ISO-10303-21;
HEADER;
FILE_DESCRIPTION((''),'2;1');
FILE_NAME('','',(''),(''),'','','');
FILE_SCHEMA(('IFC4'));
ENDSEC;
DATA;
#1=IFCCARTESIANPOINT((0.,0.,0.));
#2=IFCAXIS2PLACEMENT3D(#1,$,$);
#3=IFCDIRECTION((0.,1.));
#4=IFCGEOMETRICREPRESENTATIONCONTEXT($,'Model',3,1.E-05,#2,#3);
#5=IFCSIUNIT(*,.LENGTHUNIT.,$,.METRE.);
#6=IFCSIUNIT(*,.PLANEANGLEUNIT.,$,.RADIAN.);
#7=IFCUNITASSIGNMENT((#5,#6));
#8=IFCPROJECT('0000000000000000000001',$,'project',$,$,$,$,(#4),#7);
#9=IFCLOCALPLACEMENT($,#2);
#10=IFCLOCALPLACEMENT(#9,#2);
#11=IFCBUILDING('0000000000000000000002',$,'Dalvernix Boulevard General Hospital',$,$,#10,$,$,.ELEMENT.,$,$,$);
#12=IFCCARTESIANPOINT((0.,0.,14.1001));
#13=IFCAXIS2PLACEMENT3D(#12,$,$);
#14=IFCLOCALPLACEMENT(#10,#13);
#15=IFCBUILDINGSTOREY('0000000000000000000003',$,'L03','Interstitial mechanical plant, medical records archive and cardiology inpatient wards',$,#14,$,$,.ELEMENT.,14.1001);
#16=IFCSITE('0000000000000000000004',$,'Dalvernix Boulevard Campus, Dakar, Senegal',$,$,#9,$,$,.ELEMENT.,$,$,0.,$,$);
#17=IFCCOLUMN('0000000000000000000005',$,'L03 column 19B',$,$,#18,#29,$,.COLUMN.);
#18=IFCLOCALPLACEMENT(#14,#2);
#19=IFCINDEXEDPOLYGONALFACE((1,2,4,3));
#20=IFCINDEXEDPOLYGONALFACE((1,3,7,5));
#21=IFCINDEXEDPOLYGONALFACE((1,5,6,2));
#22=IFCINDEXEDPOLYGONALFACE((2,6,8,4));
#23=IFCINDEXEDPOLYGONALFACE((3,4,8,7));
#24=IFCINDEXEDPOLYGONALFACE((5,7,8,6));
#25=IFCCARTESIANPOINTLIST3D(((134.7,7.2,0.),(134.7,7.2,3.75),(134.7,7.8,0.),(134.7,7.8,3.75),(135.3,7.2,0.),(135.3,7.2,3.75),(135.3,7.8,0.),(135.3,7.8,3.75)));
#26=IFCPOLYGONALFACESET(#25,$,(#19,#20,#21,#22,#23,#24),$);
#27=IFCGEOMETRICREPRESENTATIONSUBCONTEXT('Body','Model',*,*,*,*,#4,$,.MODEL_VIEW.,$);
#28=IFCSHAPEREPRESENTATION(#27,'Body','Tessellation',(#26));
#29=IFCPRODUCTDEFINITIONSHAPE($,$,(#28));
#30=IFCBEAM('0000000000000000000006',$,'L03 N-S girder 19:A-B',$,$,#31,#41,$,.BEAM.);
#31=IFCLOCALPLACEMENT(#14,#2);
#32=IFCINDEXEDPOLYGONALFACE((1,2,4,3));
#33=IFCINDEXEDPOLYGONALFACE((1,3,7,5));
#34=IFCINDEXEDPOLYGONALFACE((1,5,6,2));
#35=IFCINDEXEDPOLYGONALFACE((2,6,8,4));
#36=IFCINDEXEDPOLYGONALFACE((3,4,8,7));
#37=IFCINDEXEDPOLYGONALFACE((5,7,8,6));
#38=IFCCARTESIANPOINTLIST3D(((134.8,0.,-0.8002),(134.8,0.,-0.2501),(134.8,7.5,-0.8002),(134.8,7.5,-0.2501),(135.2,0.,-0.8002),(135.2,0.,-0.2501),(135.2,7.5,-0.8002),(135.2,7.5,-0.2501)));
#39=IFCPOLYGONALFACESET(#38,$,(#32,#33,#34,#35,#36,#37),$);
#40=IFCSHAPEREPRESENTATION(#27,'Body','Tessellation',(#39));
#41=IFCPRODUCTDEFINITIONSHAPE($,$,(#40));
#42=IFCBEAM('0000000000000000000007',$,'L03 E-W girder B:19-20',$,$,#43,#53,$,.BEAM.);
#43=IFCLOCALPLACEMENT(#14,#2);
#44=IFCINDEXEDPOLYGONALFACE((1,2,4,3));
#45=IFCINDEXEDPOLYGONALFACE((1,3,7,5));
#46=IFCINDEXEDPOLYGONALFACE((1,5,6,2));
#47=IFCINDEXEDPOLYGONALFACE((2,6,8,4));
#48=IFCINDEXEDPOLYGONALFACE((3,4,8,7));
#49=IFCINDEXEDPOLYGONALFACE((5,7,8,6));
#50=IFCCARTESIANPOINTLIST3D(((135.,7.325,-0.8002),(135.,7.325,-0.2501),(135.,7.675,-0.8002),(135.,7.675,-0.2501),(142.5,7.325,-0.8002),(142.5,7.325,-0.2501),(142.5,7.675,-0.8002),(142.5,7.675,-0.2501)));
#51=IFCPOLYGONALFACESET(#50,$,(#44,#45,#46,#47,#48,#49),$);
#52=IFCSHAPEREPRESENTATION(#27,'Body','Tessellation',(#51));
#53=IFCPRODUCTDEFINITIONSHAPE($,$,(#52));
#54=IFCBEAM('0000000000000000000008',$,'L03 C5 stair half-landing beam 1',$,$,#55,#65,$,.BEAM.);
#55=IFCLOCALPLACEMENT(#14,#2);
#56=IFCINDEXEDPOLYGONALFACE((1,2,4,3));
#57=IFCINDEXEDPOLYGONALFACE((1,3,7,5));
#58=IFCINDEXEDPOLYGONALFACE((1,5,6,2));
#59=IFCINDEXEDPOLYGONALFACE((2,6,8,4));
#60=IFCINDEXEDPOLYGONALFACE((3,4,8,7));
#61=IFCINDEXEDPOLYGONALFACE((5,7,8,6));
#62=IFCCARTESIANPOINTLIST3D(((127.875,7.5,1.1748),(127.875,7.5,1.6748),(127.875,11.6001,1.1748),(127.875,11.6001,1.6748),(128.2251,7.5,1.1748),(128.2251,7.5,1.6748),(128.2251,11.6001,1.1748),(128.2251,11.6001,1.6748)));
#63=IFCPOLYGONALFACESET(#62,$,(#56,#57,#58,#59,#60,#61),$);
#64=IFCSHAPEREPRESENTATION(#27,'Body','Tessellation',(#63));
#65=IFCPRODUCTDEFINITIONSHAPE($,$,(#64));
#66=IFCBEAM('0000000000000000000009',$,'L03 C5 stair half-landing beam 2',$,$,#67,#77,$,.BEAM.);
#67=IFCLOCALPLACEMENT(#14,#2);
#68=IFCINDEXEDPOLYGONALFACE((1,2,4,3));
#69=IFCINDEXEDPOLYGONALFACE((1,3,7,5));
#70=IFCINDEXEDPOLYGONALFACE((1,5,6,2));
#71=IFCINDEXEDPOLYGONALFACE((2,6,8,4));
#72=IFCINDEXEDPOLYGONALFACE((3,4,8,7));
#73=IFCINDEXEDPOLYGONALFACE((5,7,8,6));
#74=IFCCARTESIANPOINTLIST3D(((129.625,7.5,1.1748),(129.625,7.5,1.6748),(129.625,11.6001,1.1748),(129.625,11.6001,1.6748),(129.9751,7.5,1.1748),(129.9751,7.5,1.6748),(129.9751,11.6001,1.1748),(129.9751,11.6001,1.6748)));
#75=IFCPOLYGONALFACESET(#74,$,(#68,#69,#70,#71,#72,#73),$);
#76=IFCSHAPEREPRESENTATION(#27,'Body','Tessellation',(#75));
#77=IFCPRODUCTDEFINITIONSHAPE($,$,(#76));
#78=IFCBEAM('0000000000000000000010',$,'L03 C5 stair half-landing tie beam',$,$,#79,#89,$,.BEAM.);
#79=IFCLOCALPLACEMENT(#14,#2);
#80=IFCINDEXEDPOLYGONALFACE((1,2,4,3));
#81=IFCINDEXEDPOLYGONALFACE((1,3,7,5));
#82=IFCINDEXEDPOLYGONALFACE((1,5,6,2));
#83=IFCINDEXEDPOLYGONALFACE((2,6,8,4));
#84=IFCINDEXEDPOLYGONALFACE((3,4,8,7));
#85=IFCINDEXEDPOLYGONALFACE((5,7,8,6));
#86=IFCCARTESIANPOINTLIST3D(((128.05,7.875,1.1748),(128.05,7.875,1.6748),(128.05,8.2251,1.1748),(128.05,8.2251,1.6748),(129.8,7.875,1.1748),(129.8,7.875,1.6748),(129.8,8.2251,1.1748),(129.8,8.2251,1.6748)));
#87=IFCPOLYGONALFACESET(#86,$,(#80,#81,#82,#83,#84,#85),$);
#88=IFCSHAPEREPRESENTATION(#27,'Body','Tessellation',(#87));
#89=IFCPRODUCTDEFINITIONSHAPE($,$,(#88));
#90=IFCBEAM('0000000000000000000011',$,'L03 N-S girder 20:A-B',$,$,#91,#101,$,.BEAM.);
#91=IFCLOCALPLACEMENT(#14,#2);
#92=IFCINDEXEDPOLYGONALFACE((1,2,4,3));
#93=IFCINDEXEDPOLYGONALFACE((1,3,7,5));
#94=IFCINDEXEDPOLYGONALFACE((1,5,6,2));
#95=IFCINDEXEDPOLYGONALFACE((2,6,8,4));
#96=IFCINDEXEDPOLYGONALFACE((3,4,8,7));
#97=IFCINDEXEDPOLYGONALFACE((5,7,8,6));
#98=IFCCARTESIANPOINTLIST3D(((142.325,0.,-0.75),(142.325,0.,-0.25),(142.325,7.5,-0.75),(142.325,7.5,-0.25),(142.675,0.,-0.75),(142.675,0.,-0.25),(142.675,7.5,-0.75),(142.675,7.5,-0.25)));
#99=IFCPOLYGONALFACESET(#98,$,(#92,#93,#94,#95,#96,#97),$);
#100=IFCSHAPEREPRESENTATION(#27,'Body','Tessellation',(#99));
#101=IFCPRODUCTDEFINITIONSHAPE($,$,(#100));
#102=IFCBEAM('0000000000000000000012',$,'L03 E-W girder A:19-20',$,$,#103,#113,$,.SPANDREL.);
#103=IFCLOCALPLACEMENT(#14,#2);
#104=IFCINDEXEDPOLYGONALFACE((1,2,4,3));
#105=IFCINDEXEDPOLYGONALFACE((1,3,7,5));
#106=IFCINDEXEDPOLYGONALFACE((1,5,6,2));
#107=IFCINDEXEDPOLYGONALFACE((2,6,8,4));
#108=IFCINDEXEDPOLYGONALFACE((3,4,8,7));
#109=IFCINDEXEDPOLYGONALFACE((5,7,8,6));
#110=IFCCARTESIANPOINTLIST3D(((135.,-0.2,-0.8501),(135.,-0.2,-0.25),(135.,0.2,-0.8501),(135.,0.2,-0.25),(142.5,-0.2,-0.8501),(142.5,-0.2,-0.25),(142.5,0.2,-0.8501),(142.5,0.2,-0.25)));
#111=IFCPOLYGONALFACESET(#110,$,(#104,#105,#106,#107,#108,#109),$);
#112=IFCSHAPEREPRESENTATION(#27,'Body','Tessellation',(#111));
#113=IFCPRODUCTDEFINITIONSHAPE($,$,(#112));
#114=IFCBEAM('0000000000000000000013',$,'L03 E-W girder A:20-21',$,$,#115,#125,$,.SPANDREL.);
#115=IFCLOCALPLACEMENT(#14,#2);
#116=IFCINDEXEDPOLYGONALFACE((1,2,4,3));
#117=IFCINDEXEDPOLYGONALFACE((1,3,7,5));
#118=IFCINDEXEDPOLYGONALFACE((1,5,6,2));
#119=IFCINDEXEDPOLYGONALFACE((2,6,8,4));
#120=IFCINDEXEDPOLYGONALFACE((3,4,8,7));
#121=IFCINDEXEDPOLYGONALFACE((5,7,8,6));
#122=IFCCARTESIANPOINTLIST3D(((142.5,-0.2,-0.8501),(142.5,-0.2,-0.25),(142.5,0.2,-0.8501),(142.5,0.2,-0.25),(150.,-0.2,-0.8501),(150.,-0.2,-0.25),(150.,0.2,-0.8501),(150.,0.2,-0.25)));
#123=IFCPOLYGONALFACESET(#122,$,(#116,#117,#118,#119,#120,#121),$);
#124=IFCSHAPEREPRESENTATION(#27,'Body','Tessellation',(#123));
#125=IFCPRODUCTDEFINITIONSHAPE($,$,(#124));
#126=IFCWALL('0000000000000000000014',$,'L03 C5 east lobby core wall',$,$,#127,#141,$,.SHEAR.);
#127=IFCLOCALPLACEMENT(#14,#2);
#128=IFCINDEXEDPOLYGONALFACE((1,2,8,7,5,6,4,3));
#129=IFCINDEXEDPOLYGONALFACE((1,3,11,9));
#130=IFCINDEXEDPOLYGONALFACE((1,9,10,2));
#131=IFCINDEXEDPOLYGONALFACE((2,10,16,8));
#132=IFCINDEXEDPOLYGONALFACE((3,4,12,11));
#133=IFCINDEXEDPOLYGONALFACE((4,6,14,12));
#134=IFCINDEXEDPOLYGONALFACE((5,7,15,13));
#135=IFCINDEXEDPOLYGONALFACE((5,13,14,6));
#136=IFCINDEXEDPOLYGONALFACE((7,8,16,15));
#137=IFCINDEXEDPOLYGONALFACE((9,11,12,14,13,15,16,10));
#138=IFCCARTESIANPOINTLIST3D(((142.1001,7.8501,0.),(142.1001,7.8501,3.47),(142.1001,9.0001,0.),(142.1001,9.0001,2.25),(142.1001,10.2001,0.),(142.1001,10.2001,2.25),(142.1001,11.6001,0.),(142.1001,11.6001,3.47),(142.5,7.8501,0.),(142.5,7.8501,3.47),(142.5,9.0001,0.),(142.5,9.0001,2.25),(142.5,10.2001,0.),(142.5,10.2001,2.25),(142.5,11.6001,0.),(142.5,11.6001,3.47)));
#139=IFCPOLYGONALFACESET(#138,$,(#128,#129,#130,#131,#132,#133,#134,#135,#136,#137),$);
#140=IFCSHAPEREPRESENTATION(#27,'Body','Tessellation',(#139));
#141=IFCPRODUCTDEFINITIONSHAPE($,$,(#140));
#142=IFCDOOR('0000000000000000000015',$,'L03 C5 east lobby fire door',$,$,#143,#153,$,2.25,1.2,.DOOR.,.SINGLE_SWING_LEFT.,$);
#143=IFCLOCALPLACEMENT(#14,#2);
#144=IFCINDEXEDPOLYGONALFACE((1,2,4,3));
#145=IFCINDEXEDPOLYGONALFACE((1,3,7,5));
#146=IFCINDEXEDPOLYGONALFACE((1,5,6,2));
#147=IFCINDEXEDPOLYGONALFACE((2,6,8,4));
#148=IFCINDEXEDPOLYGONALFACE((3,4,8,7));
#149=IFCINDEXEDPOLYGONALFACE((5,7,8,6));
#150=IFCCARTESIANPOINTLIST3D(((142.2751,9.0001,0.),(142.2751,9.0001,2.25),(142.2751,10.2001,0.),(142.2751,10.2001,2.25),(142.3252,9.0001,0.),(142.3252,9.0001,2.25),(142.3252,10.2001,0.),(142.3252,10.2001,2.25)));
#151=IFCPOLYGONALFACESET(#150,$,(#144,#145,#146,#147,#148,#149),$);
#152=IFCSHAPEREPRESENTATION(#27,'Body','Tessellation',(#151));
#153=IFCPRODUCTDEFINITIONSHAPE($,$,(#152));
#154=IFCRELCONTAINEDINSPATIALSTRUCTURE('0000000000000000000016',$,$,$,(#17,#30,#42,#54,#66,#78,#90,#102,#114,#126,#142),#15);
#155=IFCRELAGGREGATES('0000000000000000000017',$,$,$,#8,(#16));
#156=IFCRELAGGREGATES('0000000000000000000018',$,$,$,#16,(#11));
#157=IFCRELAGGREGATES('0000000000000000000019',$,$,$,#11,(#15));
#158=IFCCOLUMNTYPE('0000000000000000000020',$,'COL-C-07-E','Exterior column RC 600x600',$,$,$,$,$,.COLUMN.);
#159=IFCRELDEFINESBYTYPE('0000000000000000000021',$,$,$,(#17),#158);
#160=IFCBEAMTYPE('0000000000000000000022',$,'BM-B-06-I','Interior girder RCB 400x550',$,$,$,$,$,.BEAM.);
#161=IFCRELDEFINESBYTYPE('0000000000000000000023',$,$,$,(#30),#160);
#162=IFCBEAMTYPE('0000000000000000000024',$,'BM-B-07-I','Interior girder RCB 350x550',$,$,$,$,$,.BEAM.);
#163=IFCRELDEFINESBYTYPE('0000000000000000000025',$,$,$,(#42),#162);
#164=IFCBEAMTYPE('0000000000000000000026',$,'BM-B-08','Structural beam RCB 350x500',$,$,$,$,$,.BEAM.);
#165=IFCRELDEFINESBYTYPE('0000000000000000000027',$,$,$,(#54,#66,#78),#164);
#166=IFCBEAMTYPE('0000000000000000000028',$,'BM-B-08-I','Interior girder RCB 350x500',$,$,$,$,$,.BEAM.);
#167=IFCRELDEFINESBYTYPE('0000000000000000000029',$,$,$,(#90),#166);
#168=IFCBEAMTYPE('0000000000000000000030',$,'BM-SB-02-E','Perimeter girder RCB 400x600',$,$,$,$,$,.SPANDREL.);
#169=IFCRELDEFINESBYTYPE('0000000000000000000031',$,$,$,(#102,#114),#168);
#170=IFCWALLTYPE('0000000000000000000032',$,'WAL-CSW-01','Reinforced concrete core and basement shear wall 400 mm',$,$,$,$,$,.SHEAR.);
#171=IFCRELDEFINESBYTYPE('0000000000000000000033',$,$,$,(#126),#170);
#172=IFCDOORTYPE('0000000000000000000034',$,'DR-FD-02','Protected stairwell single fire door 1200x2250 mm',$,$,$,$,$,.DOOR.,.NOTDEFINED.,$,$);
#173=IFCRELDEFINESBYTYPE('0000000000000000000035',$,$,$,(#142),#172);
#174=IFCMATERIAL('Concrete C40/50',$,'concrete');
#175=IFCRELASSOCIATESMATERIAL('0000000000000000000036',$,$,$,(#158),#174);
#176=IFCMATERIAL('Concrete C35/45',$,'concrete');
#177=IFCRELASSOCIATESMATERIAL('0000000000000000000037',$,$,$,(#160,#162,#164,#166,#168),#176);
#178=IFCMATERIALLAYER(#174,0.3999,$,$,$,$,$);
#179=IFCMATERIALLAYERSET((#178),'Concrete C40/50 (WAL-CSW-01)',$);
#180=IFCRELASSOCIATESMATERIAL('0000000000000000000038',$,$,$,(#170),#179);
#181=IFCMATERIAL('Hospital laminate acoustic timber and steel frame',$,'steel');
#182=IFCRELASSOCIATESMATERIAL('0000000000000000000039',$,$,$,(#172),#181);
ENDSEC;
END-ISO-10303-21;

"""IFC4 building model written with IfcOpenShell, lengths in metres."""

from ifc_helpers import new_model, si_unit, direction, frame, frame_2d, origin, origin_2d, place, context, subcontext, project, spatial, rectangle, extrude, material, layer, layer_set, material_profile, profile_set, type_object, element, fill, save


model = new_model("IFC4")

# Units and contexts
model_context = context("Model", 3, precision=1e-05, world=origin(), true_north=direction((0.0, 1.0)))
body_context = subcontext(model_context, "Body", "Model", "MODEL_VIEW")
ifc_project = project(units=[si_unit("LENGTHUNIT", "METRE"), si_unit("PLANEANGLEUNIT", "RADIAN")], contexts=[model_context])

# Site, building, storey
site_placement = place(None, origin())
site = spatial("IfcSite", under=ifc_project, at=site_placement, Name="Dalvernix Boulevard Campus, Dakar, Senegal", CompositionType="ELEMENT", RefElevation=0.0)
building_placement = place(site_placement, origin())
building = spatial("IfcBuilding", under=site, at=building_placement, Name="Dalvernix Boulevard General Hospital", CompositionType="ELEMENT")
storey_placement = place(building_placement, frame((0.0, 0.0, 14.1001)))
storey = spatial("IfcBuildingStorey", under=building, at=storey_placement, Name="L03", Description="Interstitial mechanical plant, medical records archive and cardiology inpatient wards", CompositionType="ELEMENT", Elevation=14.1001)

# Column
ifc_material_1 = material(Name="Concrete C40/50", Category="concrete")
ifc_material_profile_1 = material_profile(ifc_material_1, rectangle(XDim=0.6001, YDim=0.6001, at=origin_2d()), Name="RC 600x600")
ifc_profile_set_1 = profile_set([ifc_material_profile_1], Name="Concrete C40/50")
column_type = type_object("IfcColumnType", Name="COL-C-07-E", Description="Exterior column RC 600x600", PredefinedType="COLUMN", material=ifc_profile_set_1)
column_placement = place(storey_placement, frame((135.0, 7.5, 0.0), z_axis=(0.0, 0.0, 1.0), x_axis=(1.0, 0.0, 0.0)))
element("IfcColumn", 1, at=column_placement, inside=storey, type_object=column_type, Name="L03 column 19B", PredefinedType="COLUMN", context=body_context, shape_type="SweptSolid", body=[
    extrude(rectangle(XDim=0.6001, YDim=0.6001, at=origin_2d()), origin(), (0.0, 0.0, 1.0), 3.75),
])

# Beams
ifc_material_2 = material(Name="Concrete C35/45", Category="concrete")
ifc_material_profile_2 = material_profile(ifc_material_2, rectangle(XDim=0.3999, YDim=0.55, at=origin_2d()), Name="RCB 400x550")
ifc_profile_set_2 = profile_set([ifc_material_profile_2], Name="Concrete C35/45")
beam_type_1 = type_object("IfcBeamType", Name="BM-B-06-I", Description="Interior girder RCB 400x550", PredefinedType="BEAM", material=ifc_profile_set_2)
beam_1_placement = place(storey_placement, frame((135.0, 0.0, -0.5251), z_axis=(0.0, 1.0, 0.0), x_axis=(-1.0, 0.0, 0.0)))
element("IfcBeam", 2, at=beam_1_placement, inside=storey, type_object=beam_type_1, Name="L03 N-S girder 19:A-B", PredefinedType="BEAM", context=body_context, shape_type="SweptSolid", body=[
    extrude(rectangle(XDim=0.3999, YDim=0.55, at=origin_2d()), origin(), (0.0, 0.0, 1.0), 7.5),
])
ifc_material_profile_3 = material_profile(ifc_material_2, rectangle(XDim=0.3501, YDim=0.55, at=origin_2d()), Name="RCB 350x550")
ifc_profile_set_3 = profile_set([ifc_material_profile_3], Name="Concrete C35/45")
beam_type_2 = type_object("IfcBeamType", Name="BM-B-07-I", Description="Interior girder RCB 350x550", PredefinedType="BEAM", material=ifc_profile_set_3)
beam_2_placement = place(storey_placement, frame((135.0, 7.5, -0.5251), z_axis=(1.0, 0.0, 0.0), x_axis=(0.0, 1.0, 0.0)))
element("IfcBeam", 3, at=beam_2_placement, inside=storey, type_object=beam_type_2, Name="L03 E-W girder B:19-20", PredefinedType="BEAM", context=body_context, shape_type="SweptSolid", body=[
    extrude(rectangle(XDim=0.3501, YDim=0.55, at=origin_2d()), origin(), (0.0, 0.0, 1.0), 7.5),
])
ifc_material_profile_4 = material_profile(ifc_material_2, rectangle(XDim=0.3501, YDim=0.5, at=origin_2d()), Name="RCB 350x500")
ifc_profile_set_4 = profile_set([ifc_material_profile_4], Name="Concrete C35/45")
beam_type_3 = type_object("IfcBeamType", Name="BM-B-08", Description="Structural beam RCB 350x500", PredefinedType="BEAM", material=ifc_profile_set_4)
for number, where, z_axis, x_axis, name in (
    (4, (128.05, 7.5, 1.4248), (0.0, 1.0, 0.0), (-1.0, 0.0, 0.0), "L03 C5 stair half-landing beam 1"),
    (5, (129.8, 7.5, 1.4248), (0.0, 1.0, 0.0), (-1.0, 0.0, 0.0), "L03 C5 stair half-landing beam 2"),
):
    element("IfcBeam", number, at=place(storey_placement, frame(where, z_axis=z_axis, x_axis=x_axis)), inside=storey, type_object=beam_type_3, Name=name, PredefinedType="BEAM", context=body_context, shape_type="SweptSolid", body=[
        extrude(rectangle(XDim=0.3501, YDim=0.5, at=origin_2d()), origin(), (0.0, 0.0, 1.0), 4.1001),
    ])
beam_3_placement = place(storey_placement, frame((128.05, 8.05, 1.4248), z_axis=(1.0, 0.0, 0.0), x_axis=(0.0, 1.0, 0.0)))
element("IfcBeam", 6, at=beam_3_placement, inside=storey, type_object=beam_type_3, Name="L03 C5 stair half-landing tie beam", PredefinedType="BEAM", context=body_context, shape_type="SweptSolid", body=[
    extrude(rectangle(XDim=0.3501, YDim=0.5, at=origin_2d()), origin(), (0.0, 0.0, 1.0), 1.75),
])
ifc_material_profile_5 = material_profile(ifc_material_2, rectangle(XDim=0.3501, YDim=0.5, at=origin_2d()), Name="RCB 350x500")
ifc_profile_set_5 = profile_set([ifc_material_profile_5], Name="Concrete C35/45")
beam_type_4 = type_object("IfcBeamType", Name="BM-B-08-I", Description="Interior girder RCB 350x500", PredefinedType="BEAM", material=ifc_profile_set_5)
beam_4_placement = place(storey_placement, frame((142.5, 0.0, -0.5), z_axis=(0.0, 1.0, 0.0), x_axis=(-1.0, 0.0, 0.0)))
element("IfcBeam", 7, at=beam_4_placement, inside=storey, type_object=beam_type_4, Name="L03 N-S girder 20:A-B", PredefinedType="BEAM", context=body_context, shape_type="SweptSolid", body=[
    extrude(rectangle(XDim=0.3501, YDim=0.5, at=origin_2d()), origin(), (0.0, 0.0, 1.0), 7.5),
])
ifc_material_profile_6 = material_profile(ifc_material_2, rectangle(XDim=0.3999, YDim=0.6001, at=origin_2d()), Name="RCB 400x600")
ifc_profile_set_6 = profile_set([ifc_material_profile_6], Name="Concrete C35/45")
beam_type_5 = type_object("IfcBeamType", Name="BM-SB-02-E", Description="Perimeter girder RCB 400x600", PredefinedType="SPANDREL", material=ifc_profile_set_6)
for number, where, z_axis, x_axis, name in (
    (8, (135.0, 0.0, -0.55), (1.0, 0.0, 0.0), (0.0, 1.0, 0.0), "L03 E-W girder A:19-20"),
    (9, (142.5, 0.0, -0.55), (1.0, 0.0, 0.0), (0.0, 1.0, 0.0), "L03 E-W girder A:20-21"),
):
    element("IfcBeam", number, at=place(storey_placement, frame(where, z_axis=z_axis, x_axis=x_axis)), inside=storey, type_object=beam_type_5, Name=name, PredefinedType="SPANDREL", context=body_context, shape_type="SweptSolid", body=[
        extrude(rectangle(XDim=0.3999, YDim=0.6001, at=origin_2d()), origin(), (0.0, 0.0, 1.0), 7.5),
    ])

# Wall, opening, door
ifc_layer_1 = layer(ifc_material_1, 0.3999)
ifc_layer_set_1 = layer_set([ifc_layer_1], Name="Concrete C40/50 (WAL-CSW-01)")
wall_type_1 = type_object("IfcWallType", Name="WAL-CSW-01", Description="Reinforced concrete core and basement shear wall 400 mm", PredefinedType="SHEAR", material=ifc_layer_set_1)
wall_1_placement = place(storey_placement, frame((142.3, 7.8501, 0.0), z_axis=(0.0, 0.0, 1.0), x_axis=(0.0, 1.0, 0.0)))
wall_1 = element("IfcWall", 10, at=wall_1_placement, inside=storey, type_object=wall_type_1, Name="L03 C5 east lobby core wall", PredefinedType="SHEAR", context=body_context, shape_type="SweptSolid", body=[
    extrude(rectangle(XDim=3.75, YDim=0.3999, at=frame_2d((1.875, 0.0))), origin(), (0.0, 0.0, 1.0), 3.47),
])
opening_1_placement = place(wall_1_placement, frame((1.1499, 0.0, 0.0)))
opening_1 = element("IfcOpeningElement", 11, at=opening_1_placement, cuts=wall_1, PredefinedType="OPENING", context=body_context, shape_type="SweptSolid", body=[
    extrude(rectangle(XDim=1.2, YDim=2.25, at=frame_2d((0.6001, 1.125))), frame((0.0, 0.21, 0.0), z_axis=(0.0, -1.0, 0.0), x_axis=(1.0, 0.0, 0.0)), (0.0, 0.0, 1.0), 0.4199),
])
ifc_material_3 = material(Name="Hospital laminate acoustic timber and steel frame", Category="steel")
door_type = type_object("IfcDoorType", Name="DR-FD-02", Description="Protected stairwell single fire door 1200x2250 mm", OperationType="NOTDEFINED", PredefinedType="DOOR", material=ifc_material_3)
door_1_placement = place(opening_1_placement, origin())
door_1 = element("IfcDoor", 12, at=door_1_placement, inside=storey, type_object=door_type, Name="L03 C5 east lobby fire door", OperationType="SINGLE_SWING_LEFT", OverallHeight=2.25, OverallWidth=1.2, PredefinedType="DOOR", context=body_context, shape_type="SweptSolid", body=[
    extrude(rectangle(XDim=1.2, YDim=2.25, at=frame_2d((0.6001, 1.125))), frame((0.0, 0.0249, 0.0), z_axis=(0.0, -1.0, 0.0), x_axis=(1.0, 0.0, 0.0)), (0.0, 0.0, 1.0), 0.05),
])
fill(opening_1, door_1)

save(model, "model.ifc")
